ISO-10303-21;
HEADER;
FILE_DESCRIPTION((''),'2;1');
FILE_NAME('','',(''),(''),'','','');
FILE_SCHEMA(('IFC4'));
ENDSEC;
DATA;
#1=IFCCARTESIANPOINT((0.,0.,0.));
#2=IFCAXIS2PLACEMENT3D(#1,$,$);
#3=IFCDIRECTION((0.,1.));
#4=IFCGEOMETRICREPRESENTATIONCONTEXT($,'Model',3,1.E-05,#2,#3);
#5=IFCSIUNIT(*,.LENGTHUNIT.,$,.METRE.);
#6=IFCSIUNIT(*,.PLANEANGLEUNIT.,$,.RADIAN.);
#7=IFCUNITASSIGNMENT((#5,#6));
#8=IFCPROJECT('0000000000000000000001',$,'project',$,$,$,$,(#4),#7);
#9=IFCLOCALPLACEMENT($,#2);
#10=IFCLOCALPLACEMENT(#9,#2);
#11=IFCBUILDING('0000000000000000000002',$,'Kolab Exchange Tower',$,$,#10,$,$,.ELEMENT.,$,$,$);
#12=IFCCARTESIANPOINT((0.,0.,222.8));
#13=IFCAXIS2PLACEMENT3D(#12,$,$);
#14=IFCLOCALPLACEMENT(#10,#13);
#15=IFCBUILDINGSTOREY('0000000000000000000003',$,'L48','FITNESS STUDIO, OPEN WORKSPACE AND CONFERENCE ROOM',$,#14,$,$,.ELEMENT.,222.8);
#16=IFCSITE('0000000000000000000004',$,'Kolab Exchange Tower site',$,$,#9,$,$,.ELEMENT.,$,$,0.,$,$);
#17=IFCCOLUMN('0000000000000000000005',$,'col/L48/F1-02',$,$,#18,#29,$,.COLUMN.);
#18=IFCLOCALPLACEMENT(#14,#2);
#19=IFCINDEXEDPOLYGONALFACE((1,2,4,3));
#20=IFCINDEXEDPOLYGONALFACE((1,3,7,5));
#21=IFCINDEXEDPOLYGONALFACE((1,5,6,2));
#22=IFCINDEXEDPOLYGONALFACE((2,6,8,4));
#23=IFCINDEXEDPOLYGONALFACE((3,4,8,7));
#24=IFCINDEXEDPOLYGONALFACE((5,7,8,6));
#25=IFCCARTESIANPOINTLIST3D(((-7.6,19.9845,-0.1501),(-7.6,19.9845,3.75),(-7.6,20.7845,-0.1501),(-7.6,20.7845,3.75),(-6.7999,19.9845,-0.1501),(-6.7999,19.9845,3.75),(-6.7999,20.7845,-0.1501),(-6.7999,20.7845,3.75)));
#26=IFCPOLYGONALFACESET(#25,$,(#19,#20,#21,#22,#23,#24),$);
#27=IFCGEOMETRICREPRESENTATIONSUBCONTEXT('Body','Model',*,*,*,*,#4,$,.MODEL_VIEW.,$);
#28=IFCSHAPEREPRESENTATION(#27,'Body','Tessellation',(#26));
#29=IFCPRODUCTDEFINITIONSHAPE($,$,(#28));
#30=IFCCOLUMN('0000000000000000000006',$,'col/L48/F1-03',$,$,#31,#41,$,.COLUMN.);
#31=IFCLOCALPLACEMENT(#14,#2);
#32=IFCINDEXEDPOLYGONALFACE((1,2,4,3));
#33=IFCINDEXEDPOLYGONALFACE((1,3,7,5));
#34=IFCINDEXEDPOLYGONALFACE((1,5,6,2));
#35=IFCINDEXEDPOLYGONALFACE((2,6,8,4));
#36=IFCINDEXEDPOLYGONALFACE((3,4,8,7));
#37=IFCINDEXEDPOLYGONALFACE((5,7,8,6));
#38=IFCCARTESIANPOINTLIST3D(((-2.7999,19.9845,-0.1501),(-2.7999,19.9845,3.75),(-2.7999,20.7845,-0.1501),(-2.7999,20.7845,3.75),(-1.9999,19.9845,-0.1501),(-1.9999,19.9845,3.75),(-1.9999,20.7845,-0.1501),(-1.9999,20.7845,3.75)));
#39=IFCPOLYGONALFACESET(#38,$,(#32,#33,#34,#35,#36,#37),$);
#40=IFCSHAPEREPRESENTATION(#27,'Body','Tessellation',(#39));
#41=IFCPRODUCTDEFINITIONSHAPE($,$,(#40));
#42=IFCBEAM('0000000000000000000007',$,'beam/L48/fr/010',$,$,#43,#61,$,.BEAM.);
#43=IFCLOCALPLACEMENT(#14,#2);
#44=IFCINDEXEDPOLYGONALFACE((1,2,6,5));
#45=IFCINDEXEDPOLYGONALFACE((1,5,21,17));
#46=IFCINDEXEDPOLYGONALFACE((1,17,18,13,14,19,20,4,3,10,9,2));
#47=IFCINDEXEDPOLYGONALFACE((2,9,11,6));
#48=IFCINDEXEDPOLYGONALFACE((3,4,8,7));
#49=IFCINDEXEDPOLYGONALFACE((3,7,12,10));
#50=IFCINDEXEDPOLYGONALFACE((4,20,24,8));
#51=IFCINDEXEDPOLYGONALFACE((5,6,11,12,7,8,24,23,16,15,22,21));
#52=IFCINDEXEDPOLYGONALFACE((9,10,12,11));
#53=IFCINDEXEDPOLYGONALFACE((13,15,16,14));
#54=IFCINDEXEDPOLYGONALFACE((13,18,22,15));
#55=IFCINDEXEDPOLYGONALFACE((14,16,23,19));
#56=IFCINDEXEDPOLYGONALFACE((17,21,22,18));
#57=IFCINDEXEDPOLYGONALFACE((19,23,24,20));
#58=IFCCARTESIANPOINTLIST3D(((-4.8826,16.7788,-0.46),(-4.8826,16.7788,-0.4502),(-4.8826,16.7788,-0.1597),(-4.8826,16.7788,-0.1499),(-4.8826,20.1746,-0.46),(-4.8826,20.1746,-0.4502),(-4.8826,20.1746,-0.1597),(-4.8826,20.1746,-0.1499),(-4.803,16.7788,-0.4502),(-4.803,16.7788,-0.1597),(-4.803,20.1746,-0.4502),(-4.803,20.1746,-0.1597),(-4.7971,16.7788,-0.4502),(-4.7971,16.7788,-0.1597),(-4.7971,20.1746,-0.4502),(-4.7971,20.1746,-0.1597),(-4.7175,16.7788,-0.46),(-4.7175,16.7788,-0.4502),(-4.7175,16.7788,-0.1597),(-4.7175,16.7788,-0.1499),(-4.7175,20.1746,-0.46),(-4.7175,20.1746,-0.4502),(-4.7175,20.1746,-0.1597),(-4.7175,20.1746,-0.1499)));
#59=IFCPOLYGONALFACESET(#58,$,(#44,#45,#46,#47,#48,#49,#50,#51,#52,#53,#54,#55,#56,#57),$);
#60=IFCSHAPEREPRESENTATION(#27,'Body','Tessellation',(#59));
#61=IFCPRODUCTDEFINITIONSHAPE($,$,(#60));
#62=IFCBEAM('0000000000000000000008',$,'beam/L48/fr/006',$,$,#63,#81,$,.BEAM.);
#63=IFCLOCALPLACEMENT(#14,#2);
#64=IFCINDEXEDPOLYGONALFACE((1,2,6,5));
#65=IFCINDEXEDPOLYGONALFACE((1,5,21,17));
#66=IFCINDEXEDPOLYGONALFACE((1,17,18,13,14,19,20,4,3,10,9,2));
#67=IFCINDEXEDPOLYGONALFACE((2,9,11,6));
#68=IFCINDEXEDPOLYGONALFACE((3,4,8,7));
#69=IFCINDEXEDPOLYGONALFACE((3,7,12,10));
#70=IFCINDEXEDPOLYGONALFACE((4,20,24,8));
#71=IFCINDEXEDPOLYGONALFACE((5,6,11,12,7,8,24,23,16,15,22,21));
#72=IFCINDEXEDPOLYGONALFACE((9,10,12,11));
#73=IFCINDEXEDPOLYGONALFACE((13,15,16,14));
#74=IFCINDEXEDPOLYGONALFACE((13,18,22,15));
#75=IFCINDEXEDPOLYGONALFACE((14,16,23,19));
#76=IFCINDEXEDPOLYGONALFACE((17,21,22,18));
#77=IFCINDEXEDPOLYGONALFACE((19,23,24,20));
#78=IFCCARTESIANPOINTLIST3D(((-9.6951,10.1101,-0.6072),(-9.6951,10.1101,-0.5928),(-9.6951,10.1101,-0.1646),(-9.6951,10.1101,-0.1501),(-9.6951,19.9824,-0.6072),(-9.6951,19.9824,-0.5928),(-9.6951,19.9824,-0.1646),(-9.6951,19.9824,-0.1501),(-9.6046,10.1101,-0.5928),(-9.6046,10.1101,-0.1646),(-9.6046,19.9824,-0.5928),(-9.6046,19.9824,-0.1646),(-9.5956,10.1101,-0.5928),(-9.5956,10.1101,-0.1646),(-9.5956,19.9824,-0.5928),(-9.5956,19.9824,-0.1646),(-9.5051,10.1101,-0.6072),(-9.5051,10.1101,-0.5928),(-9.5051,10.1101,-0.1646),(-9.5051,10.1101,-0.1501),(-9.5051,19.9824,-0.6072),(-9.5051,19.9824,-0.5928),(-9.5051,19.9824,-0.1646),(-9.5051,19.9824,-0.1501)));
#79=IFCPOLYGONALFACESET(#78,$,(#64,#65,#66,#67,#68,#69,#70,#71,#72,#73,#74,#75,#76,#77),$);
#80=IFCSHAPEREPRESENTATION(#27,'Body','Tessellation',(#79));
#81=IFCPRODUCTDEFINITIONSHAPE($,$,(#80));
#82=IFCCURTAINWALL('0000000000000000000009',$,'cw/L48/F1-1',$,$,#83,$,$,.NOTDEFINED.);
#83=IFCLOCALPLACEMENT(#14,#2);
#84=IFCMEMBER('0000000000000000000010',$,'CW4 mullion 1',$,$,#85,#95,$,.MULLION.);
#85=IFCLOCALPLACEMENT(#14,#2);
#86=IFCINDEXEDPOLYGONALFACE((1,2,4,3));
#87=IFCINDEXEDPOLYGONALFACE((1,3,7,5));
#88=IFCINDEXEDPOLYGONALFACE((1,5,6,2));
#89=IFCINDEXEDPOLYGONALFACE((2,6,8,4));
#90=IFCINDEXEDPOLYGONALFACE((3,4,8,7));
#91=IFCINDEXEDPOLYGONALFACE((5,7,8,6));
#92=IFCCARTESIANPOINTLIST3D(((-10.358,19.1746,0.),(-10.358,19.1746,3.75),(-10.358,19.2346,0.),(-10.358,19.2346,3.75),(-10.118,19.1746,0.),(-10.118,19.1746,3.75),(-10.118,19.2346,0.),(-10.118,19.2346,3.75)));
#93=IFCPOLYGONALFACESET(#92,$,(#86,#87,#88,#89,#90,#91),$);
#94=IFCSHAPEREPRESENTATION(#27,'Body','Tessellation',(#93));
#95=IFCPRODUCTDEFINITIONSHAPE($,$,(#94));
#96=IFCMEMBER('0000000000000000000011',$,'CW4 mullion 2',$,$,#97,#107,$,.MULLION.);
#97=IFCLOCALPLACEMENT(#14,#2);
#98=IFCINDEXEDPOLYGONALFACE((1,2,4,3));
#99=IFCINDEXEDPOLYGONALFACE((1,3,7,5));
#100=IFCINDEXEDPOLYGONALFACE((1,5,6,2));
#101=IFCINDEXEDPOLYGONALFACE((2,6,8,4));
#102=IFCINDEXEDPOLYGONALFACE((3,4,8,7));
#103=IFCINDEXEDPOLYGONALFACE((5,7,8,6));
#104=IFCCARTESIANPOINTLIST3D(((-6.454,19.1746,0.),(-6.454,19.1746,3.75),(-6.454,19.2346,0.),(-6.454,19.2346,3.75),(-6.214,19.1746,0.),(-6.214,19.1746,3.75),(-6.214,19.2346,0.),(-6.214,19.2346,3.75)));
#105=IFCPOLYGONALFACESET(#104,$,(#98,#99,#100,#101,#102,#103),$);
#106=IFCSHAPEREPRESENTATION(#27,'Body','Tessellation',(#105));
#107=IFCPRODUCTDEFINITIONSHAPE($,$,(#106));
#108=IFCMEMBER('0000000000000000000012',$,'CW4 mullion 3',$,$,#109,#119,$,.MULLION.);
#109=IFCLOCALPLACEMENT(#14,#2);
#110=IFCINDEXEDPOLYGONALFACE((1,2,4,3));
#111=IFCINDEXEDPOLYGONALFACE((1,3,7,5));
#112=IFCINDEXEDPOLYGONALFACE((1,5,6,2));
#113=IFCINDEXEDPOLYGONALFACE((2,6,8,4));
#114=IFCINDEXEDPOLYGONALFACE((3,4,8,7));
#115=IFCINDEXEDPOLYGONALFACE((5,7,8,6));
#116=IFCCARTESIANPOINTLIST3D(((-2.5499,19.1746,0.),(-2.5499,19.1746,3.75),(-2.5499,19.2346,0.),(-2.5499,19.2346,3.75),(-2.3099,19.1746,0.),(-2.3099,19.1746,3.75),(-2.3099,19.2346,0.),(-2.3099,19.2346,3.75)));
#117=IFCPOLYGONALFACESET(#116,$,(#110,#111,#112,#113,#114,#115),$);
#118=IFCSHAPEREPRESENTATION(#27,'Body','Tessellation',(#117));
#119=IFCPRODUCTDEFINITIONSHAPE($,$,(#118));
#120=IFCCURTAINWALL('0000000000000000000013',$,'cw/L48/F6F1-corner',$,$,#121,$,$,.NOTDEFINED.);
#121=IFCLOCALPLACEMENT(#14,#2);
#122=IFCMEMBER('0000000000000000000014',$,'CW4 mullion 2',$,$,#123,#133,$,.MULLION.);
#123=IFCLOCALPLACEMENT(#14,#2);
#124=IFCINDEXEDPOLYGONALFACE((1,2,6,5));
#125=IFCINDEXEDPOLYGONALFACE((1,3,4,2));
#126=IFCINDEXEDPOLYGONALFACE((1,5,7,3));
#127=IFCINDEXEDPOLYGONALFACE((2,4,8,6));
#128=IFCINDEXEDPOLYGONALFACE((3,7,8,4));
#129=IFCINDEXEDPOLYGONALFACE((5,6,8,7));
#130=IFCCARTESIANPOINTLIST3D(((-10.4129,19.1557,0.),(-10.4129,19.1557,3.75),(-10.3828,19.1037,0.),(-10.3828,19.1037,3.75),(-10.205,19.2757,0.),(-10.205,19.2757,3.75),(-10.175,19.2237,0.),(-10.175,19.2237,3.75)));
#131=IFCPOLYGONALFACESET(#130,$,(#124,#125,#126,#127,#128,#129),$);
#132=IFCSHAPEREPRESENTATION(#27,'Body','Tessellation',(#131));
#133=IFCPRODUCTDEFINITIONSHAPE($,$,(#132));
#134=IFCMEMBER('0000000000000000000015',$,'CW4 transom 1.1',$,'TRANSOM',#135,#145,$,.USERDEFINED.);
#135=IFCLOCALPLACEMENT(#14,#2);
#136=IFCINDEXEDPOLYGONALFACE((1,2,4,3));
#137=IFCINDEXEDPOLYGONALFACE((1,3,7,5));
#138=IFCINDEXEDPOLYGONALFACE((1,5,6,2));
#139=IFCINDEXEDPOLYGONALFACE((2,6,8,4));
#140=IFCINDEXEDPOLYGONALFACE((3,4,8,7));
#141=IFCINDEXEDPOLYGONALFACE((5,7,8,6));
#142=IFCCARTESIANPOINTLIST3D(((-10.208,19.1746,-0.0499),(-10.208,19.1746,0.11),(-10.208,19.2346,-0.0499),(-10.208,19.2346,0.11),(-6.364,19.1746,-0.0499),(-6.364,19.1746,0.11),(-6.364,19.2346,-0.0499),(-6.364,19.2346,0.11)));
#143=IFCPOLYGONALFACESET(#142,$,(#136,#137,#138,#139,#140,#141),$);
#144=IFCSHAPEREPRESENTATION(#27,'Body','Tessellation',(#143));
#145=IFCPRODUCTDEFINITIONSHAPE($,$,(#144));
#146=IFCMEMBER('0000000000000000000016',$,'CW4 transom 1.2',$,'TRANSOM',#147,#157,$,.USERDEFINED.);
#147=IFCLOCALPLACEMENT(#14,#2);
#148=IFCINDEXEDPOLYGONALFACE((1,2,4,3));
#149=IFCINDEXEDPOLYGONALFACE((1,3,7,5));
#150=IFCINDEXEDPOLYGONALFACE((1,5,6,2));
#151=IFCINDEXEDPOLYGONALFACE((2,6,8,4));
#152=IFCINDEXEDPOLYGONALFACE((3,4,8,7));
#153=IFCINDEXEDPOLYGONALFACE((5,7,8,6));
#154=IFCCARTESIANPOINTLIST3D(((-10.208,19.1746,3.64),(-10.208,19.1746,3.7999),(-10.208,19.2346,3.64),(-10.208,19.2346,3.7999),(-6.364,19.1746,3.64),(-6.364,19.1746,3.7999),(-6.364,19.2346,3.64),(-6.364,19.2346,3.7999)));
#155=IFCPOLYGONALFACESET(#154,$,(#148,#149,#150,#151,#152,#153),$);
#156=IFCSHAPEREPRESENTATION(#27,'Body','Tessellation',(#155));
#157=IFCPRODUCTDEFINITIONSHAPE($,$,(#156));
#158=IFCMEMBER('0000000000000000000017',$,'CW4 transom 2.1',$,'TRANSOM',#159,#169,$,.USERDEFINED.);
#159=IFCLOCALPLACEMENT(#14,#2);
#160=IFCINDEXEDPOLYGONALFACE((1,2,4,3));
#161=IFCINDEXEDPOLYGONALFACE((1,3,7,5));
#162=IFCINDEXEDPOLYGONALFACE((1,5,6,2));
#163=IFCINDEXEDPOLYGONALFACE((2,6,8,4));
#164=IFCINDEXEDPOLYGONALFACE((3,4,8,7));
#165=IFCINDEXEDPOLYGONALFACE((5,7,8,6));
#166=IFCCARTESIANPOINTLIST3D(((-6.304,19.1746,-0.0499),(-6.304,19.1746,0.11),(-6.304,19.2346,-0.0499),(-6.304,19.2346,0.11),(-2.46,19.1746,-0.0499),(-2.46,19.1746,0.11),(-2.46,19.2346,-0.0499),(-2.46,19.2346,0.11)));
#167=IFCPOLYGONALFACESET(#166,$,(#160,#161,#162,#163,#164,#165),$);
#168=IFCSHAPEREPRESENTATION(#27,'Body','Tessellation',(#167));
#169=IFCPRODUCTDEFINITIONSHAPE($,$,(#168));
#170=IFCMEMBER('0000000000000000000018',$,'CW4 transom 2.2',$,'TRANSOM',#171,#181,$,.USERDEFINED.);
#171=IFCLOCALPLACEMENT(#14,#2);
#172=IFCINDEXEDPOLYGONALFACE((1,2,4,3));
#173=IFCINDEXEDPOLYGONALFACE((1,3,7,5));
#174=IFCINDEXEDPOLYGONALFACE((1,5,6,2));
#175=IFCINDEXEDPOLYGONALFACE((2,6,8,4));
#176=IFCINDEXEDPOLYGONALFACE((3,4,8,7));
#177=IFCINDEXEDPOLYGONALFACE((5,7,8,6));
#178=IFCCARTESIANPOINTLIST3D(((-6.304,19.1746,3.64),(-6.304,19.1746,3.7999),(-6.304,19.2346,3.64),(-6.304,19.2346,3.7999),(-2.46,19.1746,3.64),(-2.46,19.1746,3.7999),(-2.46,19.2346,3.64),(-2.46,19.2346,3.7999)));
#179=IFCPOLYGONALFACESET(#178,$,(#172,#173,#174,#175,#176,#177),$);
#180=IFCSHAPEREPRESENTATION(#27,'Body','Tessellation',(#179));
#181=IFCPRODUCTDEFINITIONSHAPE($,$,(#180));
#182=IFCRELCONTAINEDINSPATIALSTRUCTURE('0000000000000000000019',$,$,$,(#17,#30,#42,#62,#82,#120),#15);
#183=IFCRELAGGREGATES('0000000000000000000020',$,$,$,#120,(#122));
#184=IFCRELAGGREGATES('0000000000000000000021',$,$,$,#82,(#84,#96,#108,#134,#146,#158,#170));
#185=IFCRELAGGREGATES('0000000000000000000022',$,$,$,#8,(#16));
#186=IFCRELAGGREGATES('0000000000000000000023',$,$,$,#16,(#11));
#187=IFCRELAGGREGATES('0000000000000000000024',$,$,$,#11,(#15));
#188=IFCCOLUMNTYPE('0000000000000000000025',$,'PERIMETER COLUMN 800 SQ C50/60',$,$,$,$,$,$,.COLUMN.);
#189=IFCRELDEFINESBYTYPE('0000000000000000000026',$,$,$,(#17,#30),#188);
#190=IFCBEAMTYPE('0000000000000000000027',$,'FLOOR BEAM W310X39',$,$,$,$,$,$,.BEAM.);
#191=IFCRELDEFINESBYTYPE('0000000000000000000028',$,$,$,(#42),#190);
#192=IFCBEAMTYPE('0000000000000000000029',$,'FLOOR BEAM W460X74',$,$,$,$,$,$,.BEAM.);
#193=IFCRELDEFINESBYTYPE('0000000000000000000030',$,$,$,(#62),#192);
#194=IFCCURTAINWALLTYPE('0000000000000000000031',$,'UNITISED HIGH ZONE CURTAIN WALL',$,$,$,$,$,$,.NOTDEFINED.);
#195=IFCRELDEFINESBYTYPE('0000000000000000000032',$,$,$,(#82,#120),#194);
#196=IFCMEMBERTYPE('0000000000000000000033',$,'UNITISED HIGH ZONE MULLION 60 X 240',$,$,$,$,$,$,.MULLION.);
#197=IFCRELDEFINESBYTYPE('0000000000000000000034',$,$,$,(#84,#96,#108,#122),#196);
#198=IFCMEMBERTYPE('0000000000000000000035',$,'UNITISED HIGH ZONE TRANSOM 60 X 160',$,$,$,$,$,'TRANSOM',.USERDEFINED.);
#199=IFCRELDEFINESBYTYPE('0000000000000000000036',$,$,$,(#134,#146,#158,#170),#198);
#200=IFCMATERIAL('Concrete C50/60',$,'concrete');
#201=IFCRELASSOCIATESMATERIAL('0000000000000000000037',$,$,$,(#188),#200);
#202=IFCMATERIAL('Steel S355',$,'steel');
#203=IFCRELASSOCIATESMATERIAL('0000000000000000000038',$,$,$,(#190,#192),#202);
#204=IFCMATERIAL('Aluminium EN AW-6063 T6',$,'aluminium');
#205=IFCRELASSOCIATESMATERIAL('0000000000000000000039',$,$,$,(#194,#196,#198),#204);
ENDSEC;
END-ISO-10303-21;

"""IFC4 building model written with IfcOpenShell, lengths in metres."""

from ifc_helpers import new_model, si_unit, direction, frame, origin, origin_2d, place, context, subcontext, project, spatial, rectangle, i_section, extrude, material, material_profile, profile_set, type_object, element, aggregate, save


model = new_model("IFC4")

# Units and contexts
model_context = context("Model", 3, precision=1e-05, world=origin(), true_north=direction((0.0, 1.0)))
body_context = subcontext(model_context, "Body", "Model", "MODEL_VIEW")
ifc_project = project(units=[si_unit("LENGTHUNIT", "METRE"), si_unit("PLANEANGLEUNIT", "RADIAN")], contexts=[model_context])

# Site, building, storey
site_placement = place(None, origin())
site = spatial("IfcSite", under=ifc_project, at=site_placement, Name="Kolab Exchange Tower site", CompositionType="ELEMENT", RefElevation=0.0)
building_placement = place(site_placement, origin())
building = spatial("IfcBuilding", under=site, at=building_placement, Name="Kolab Exchange Tower", CompositionType="ELEMENT")
storey_placement = place(building_placement, frame((0.0, 0.0, 222.8)))
storey = spatial("IfcBuildingStorey", under=building, at=storey_placement, Name="L48", Description="FITNESS STUDIO, OPEN WORKSPACE AND CONFERENCE ROOM", CompositionType="ELEMENT", Elevation=222.8)

# Columns
ifc_material_1 = material(Name="Concrete C50/60", Category="concrete")
ifc_material_profile_1 = material_profile(ifc_material_1, rectangle(XDim=0.8, YDim=0.8, at=origin_2d()), Name="RC800")
ifc_profile_set_1 = profile_set([ifc_material_profile_1], Name="Concrete C50/60")
column_type = type_object("IfcColumnType", Name="PERIMETER COLUMN 800 SQ C50/60", PredefinedType="COLUMN", material=ifc_profile_set_1)
for number, where, z_axis, x_axis, name in (
    (1, (-7.2, 20.3845, -0.1501), (0.0, 0.0, 1.0), (1.0, 0.0, 0.0), "col/L48/F1-02"),
    (2, (-2.3999, 20.3845, -0.1501), (0.0, 0.0, 1.0), (1.0, 0.0, 0.0), "col/L48/F1-03"),
):
    element("IfcColumn", number, at=place(storey_placement, frame(where, z_axis=z_axis, x_axis=x_axis)), inside=storey, type_object=column_type, Name=name, PredefinedType="COLUMN", context=body_context, shape_type="SweptSolid", body=[
        extrude(rectangle(XDim=0.8, YDim=0.8, at=origin_2d()), origin(), (0.0, 0.0, 1.0), 3.9001),
    ])

# Beams
ifc_material_2 = material(Name="Steel S355", Category="steel")
ifc_material_profile_2 = material_profile(ifc_material_2, i_section(OverallWidth=0.165, OverallDepth=0.3101, WebThickness=0.0059, FlangeThickness=0.0098, at=origin_2d()), Name="W310X39")
ifc_profile_set_2 = profile_set([ifc_material_profile_2], Name="Steel S355")
beam_type_1 = type_object("IfcBeamType", Name="FLOOR BEAM W310X39", PredefinedType="BEAM", material=ifc_profile_set_2)
beam_1_placement = place(storey_placement, frame((-4.8, 16.7788, -0.3049), z_axis=(0.0, 1.0, 0.0), x_axis=(-1.0, 0.0, 0.0)))
element("IfcBeam", 3, at=beam_1_placement, inside=storey, type_object=beam_type_1, Name="beam/L48/fr/010", PredefinedType="BEAM", context=body_context, shape_type="SweptSolid", body=[
    extrude(i_section(OverallWidth=0.165, OverallDepth=0.3101, WebThickness=0.0059, FlangeThickness=0.0098, at=origin_2d()), origin(), (0.0, 0.0, 1.0), 3.3958),
])
ifc_material_profile_3 = material_profile(ifc_material_2, i_section(OverallWidth=0.1899, OverallDepth=0.457, WebThickness=0.009, FlangeThickness=0.0144, at=origin_2d()), Name="W460X74")
ifc_profile_set_3 = profile_set([ifc_material_profile_3], Name="Steel S355")
beam_type_2 = type_object("IfcBeamType", Name="FLOOR BEAM W460X74", PredefinedType="BEAM", material=ifc_profile_set_3)
beam_2_placement = place(storey_placement, frame((-9.6001, 10.1101, -0.3787), z_axis=(0.0, 1.0, 0.0), x_axis=(-1.0, 0.0, 0.0)))
element("IfcBeam", 4, at=beam_2_placement, inside=storey, type_object=beam_type_2, Name="beam/L48/fr/006", PredefinedType="BEAM", context=body_context, shape_type="SweptSolid", body=[
    extrude(i_section(OverallWidth=0.1899, OverallDepth=0.457, WebThickness=0.009, FlangeThickness=0.0144, at=origin_2d()), origin(), (0.0, 0.0, 1.0), 9.8723),
])

# Curtain wall, members
ifc_material_3 = material(Name="Aluminium EN AW-6063 T6", Category="aluminium")
curtain_wall_type = type_object("IfcCurtainWallType", Name="UNITISED HIGH ZONE CURTAIN WALL", PredefinedType="NOTDEFINED", material=ifc_material_3)
curtain_wall_1_placement = place(storey_placement, origin())
curtain_wall_1 = element("IfcCurtainWall", 5, at=curtain_wall_1_placement, inside=storey, type_object=curtain_wall_type, Name="cw/L48/F1-1", PredefinedType="NOTDEFINED")
ifc_material_profile_4 = material_profile(ifc_material_3, rectangle(XDim=0.0601, YDim=0.24, at=origin_2d()), Name="RECT 60X240")
ifc_profile_set_4 = profile_set([ifc_material_profile_4], Name="Aluminium EN AW-6063 T6")
member_type_1 = type_object("IfcMemberType", Name="UNITISED HIGH ZONE MULLION 60 X 240", PredefinedType="MULLION", material=ifc_profile_set_4)
member_1_placement = place(storey_placement, frame((-10.238, 19.2046, 0.0), z_axis=(0.0, 0.0, 1.0), x_axis=(0.0, 1.0, 0.0)))
member_1 = element("IfcMember", 6, at=member_1_placement, type_object=member_type_1, Name="CW4 mullion 1", PredefinedType="MULLION", context=body_context, shape_type="SweptSolid", body=[
    extrude(rectangle(XDim=0.0601, YDim=0.24, at=origin_2d()), origin(), (0.0, 0.0, 1.0), 3.75),
])
member_2_placement = place(storey_placement, frame((-6.334, 19.2046, 0.0), z_axis=(0.0, 0.0, 1.0), x_axis=(0.0, 1.0, 0.0)))
member_2 = element("IfcMember", 7, at=member_2_placement, type_object=member_type_1, Name="CW4 mullion 2", PredefinedType="MULLION", context=body_context, shape_type="SweptSolid", body=[
    extrude(rectangle(XDim=0.0601, YDim=0.24, at=origin_2d()), origin(), (0.0, 0.0, 1.0), 3.75),
])
member_3_placement = place(storey_placement, frame((-2.4299, 19.2046, 0.0), z_axis=(0.0, 0.0, 1.0), x_axis=(0.0, 1.0, 0.0)))
member_3 = element("IfcMember", 8, at=member_3_placement, type_object=member_type_1, Name="CW4 mullion 3", PredefinedType="MULLION", context=body_context, shape_type="SweptSolid", body=[
    extrude(rectangle(XDim=0.0601, YDim=0.24, at=origin_2d()), origin(), (0.0, 0.0, 1.0), 3.75),
])

# Curtain wall, member
curtain_wall_2_placement = place(storey_placement, origin())
curtain_wall_2 = element("IfcCurtainWall", 9, at=curtain_wall_2_placement, inside=storey, type_object=curtain_wall_type, Name="cw/L48/F6F1-corner", PredefinedType="NOTDEFINED")
member_4_placement = place(storey_placement, frame((-10.2939, 19.1897, 0.0), z_axis=(0.0, 0.0, 1.0), x_axis=(-0.5, 0.866025, 0.0)))
member_4 = element("IfcMember", 10, at=member_4_placement, type_object=member_type_1, Name="CW4 mullion 2", PredefinedType="MULLION", context=body_context, shape_type="SweptSolid", body=[
    extrude(rectangle(XDim=0.0601, YDim=0.24, at=origin_2d()), origin(), (0.0, 0.0, 1.0), 3.75),
])
aggregate(curtain_wall_2, [member_4])

# Members
ifc_material_profile_5 = material_profile(ifc_material_3, rectangle(XDim=0.0601, YDim=0.1599, at=origin_2d()), Name="RECT 60X160")
ifc_profile_set_5 = profile_set([ifc_material_profile_5], Name="Aluminium EN AW-6063 T6")
member_type_2 = type_object("IfcMemberType", Name="UNITISED HIGH ZONE TRANSOM 60 X 160", ElementType="TRANSOM", PredefinedType="USERDEFINED", material=ifc_profile_set_5)
member_5_placement = place(storey_placement, frame((-10.208, 19.2046, 0.03), z_axis=(1.0, 0.0, 0.0), x_axis=(0.0, 1.0, 0.0)))
member_5 = element("IfcMember", 11, at=member_5_placement, type_object=member_type_2, Name="CW4 transom 1.1", ObjectType="TRANSOM", PredefinedType="USERDEFINED", context=body_context, shape_type="SweptSolid", body=[
    extrude(rectangle(XDim=0.0601, YDim=0.1599, at=origin_2d()), origin(), (0.0, 0.0, 1.0), 3.844),
])
member_6_placement = place(storey_placement, frame((-10.208, 19.2046, 3.72), z_axis=(1.0, 0.0, 0.0), x_axis=(0.0, 1.0, 0.0)))
member_6 = element("IfcMember", 12, at=member_6_placement, type_object=member_type_2, Name="CW4 transom 1.2", ObjectType="TRANSOM", PredefinedType="USERDEFINED", context=body_context, shape_type="SweptSolid", body=[
    extrude(rectangle(XDim=0.0601, YDim=0.1599, at=origin_2d()), origin(), (0.0, 0.0, 1.0), 3.844),
])
member_7_placement = place(storey_placement, frame((-6.304, 19.2046, 0.03), z_axis=(1.0, 0.0, 0.0), x_axis=(0.0, 1.0, 0.0)))
member_7 = element("IfcMember", 13, at=member_7_placement, type_object=member_type_2, Name="CW4 transom 2.1", ObjectType="TRANSOM", PredefinedType="USERDEFINED", context=body_context, shape_type="SweptSolid", body=[
    extrude(rectangle(XDim=0.0601, YDim=0.1599, at=origin_2d()), origin(), (0.0, 0.0, 1.0), 3.844),
])
member_8_placement = place(storey_placement, frame((-6.304, 19.2046, 3.72), z_axis=(1.0, 0.0, 0.0), x_axis=(0.0, 1.0, 0.0)))
member_8 = element("IfcMember", 14, at=member_8_placement, type_object=member_type_2, Name="CW4 transom 2.2", ObjectType="TRANSOM", PredefinedType="USERDEFINED", context=body_context, shape_type="SweptSolid", body=[
    extrude(rectangle(XDim=0.0601, YDim=0.1599, at=origin_2d()), origin(), (0.0, 0.0, 1.0), 3.844),
])

aggregate(curtain_wall_1, [member_1, member_2, member_3, member_5, member_6, member_7, member_8])

save(model, "model.ifc")
